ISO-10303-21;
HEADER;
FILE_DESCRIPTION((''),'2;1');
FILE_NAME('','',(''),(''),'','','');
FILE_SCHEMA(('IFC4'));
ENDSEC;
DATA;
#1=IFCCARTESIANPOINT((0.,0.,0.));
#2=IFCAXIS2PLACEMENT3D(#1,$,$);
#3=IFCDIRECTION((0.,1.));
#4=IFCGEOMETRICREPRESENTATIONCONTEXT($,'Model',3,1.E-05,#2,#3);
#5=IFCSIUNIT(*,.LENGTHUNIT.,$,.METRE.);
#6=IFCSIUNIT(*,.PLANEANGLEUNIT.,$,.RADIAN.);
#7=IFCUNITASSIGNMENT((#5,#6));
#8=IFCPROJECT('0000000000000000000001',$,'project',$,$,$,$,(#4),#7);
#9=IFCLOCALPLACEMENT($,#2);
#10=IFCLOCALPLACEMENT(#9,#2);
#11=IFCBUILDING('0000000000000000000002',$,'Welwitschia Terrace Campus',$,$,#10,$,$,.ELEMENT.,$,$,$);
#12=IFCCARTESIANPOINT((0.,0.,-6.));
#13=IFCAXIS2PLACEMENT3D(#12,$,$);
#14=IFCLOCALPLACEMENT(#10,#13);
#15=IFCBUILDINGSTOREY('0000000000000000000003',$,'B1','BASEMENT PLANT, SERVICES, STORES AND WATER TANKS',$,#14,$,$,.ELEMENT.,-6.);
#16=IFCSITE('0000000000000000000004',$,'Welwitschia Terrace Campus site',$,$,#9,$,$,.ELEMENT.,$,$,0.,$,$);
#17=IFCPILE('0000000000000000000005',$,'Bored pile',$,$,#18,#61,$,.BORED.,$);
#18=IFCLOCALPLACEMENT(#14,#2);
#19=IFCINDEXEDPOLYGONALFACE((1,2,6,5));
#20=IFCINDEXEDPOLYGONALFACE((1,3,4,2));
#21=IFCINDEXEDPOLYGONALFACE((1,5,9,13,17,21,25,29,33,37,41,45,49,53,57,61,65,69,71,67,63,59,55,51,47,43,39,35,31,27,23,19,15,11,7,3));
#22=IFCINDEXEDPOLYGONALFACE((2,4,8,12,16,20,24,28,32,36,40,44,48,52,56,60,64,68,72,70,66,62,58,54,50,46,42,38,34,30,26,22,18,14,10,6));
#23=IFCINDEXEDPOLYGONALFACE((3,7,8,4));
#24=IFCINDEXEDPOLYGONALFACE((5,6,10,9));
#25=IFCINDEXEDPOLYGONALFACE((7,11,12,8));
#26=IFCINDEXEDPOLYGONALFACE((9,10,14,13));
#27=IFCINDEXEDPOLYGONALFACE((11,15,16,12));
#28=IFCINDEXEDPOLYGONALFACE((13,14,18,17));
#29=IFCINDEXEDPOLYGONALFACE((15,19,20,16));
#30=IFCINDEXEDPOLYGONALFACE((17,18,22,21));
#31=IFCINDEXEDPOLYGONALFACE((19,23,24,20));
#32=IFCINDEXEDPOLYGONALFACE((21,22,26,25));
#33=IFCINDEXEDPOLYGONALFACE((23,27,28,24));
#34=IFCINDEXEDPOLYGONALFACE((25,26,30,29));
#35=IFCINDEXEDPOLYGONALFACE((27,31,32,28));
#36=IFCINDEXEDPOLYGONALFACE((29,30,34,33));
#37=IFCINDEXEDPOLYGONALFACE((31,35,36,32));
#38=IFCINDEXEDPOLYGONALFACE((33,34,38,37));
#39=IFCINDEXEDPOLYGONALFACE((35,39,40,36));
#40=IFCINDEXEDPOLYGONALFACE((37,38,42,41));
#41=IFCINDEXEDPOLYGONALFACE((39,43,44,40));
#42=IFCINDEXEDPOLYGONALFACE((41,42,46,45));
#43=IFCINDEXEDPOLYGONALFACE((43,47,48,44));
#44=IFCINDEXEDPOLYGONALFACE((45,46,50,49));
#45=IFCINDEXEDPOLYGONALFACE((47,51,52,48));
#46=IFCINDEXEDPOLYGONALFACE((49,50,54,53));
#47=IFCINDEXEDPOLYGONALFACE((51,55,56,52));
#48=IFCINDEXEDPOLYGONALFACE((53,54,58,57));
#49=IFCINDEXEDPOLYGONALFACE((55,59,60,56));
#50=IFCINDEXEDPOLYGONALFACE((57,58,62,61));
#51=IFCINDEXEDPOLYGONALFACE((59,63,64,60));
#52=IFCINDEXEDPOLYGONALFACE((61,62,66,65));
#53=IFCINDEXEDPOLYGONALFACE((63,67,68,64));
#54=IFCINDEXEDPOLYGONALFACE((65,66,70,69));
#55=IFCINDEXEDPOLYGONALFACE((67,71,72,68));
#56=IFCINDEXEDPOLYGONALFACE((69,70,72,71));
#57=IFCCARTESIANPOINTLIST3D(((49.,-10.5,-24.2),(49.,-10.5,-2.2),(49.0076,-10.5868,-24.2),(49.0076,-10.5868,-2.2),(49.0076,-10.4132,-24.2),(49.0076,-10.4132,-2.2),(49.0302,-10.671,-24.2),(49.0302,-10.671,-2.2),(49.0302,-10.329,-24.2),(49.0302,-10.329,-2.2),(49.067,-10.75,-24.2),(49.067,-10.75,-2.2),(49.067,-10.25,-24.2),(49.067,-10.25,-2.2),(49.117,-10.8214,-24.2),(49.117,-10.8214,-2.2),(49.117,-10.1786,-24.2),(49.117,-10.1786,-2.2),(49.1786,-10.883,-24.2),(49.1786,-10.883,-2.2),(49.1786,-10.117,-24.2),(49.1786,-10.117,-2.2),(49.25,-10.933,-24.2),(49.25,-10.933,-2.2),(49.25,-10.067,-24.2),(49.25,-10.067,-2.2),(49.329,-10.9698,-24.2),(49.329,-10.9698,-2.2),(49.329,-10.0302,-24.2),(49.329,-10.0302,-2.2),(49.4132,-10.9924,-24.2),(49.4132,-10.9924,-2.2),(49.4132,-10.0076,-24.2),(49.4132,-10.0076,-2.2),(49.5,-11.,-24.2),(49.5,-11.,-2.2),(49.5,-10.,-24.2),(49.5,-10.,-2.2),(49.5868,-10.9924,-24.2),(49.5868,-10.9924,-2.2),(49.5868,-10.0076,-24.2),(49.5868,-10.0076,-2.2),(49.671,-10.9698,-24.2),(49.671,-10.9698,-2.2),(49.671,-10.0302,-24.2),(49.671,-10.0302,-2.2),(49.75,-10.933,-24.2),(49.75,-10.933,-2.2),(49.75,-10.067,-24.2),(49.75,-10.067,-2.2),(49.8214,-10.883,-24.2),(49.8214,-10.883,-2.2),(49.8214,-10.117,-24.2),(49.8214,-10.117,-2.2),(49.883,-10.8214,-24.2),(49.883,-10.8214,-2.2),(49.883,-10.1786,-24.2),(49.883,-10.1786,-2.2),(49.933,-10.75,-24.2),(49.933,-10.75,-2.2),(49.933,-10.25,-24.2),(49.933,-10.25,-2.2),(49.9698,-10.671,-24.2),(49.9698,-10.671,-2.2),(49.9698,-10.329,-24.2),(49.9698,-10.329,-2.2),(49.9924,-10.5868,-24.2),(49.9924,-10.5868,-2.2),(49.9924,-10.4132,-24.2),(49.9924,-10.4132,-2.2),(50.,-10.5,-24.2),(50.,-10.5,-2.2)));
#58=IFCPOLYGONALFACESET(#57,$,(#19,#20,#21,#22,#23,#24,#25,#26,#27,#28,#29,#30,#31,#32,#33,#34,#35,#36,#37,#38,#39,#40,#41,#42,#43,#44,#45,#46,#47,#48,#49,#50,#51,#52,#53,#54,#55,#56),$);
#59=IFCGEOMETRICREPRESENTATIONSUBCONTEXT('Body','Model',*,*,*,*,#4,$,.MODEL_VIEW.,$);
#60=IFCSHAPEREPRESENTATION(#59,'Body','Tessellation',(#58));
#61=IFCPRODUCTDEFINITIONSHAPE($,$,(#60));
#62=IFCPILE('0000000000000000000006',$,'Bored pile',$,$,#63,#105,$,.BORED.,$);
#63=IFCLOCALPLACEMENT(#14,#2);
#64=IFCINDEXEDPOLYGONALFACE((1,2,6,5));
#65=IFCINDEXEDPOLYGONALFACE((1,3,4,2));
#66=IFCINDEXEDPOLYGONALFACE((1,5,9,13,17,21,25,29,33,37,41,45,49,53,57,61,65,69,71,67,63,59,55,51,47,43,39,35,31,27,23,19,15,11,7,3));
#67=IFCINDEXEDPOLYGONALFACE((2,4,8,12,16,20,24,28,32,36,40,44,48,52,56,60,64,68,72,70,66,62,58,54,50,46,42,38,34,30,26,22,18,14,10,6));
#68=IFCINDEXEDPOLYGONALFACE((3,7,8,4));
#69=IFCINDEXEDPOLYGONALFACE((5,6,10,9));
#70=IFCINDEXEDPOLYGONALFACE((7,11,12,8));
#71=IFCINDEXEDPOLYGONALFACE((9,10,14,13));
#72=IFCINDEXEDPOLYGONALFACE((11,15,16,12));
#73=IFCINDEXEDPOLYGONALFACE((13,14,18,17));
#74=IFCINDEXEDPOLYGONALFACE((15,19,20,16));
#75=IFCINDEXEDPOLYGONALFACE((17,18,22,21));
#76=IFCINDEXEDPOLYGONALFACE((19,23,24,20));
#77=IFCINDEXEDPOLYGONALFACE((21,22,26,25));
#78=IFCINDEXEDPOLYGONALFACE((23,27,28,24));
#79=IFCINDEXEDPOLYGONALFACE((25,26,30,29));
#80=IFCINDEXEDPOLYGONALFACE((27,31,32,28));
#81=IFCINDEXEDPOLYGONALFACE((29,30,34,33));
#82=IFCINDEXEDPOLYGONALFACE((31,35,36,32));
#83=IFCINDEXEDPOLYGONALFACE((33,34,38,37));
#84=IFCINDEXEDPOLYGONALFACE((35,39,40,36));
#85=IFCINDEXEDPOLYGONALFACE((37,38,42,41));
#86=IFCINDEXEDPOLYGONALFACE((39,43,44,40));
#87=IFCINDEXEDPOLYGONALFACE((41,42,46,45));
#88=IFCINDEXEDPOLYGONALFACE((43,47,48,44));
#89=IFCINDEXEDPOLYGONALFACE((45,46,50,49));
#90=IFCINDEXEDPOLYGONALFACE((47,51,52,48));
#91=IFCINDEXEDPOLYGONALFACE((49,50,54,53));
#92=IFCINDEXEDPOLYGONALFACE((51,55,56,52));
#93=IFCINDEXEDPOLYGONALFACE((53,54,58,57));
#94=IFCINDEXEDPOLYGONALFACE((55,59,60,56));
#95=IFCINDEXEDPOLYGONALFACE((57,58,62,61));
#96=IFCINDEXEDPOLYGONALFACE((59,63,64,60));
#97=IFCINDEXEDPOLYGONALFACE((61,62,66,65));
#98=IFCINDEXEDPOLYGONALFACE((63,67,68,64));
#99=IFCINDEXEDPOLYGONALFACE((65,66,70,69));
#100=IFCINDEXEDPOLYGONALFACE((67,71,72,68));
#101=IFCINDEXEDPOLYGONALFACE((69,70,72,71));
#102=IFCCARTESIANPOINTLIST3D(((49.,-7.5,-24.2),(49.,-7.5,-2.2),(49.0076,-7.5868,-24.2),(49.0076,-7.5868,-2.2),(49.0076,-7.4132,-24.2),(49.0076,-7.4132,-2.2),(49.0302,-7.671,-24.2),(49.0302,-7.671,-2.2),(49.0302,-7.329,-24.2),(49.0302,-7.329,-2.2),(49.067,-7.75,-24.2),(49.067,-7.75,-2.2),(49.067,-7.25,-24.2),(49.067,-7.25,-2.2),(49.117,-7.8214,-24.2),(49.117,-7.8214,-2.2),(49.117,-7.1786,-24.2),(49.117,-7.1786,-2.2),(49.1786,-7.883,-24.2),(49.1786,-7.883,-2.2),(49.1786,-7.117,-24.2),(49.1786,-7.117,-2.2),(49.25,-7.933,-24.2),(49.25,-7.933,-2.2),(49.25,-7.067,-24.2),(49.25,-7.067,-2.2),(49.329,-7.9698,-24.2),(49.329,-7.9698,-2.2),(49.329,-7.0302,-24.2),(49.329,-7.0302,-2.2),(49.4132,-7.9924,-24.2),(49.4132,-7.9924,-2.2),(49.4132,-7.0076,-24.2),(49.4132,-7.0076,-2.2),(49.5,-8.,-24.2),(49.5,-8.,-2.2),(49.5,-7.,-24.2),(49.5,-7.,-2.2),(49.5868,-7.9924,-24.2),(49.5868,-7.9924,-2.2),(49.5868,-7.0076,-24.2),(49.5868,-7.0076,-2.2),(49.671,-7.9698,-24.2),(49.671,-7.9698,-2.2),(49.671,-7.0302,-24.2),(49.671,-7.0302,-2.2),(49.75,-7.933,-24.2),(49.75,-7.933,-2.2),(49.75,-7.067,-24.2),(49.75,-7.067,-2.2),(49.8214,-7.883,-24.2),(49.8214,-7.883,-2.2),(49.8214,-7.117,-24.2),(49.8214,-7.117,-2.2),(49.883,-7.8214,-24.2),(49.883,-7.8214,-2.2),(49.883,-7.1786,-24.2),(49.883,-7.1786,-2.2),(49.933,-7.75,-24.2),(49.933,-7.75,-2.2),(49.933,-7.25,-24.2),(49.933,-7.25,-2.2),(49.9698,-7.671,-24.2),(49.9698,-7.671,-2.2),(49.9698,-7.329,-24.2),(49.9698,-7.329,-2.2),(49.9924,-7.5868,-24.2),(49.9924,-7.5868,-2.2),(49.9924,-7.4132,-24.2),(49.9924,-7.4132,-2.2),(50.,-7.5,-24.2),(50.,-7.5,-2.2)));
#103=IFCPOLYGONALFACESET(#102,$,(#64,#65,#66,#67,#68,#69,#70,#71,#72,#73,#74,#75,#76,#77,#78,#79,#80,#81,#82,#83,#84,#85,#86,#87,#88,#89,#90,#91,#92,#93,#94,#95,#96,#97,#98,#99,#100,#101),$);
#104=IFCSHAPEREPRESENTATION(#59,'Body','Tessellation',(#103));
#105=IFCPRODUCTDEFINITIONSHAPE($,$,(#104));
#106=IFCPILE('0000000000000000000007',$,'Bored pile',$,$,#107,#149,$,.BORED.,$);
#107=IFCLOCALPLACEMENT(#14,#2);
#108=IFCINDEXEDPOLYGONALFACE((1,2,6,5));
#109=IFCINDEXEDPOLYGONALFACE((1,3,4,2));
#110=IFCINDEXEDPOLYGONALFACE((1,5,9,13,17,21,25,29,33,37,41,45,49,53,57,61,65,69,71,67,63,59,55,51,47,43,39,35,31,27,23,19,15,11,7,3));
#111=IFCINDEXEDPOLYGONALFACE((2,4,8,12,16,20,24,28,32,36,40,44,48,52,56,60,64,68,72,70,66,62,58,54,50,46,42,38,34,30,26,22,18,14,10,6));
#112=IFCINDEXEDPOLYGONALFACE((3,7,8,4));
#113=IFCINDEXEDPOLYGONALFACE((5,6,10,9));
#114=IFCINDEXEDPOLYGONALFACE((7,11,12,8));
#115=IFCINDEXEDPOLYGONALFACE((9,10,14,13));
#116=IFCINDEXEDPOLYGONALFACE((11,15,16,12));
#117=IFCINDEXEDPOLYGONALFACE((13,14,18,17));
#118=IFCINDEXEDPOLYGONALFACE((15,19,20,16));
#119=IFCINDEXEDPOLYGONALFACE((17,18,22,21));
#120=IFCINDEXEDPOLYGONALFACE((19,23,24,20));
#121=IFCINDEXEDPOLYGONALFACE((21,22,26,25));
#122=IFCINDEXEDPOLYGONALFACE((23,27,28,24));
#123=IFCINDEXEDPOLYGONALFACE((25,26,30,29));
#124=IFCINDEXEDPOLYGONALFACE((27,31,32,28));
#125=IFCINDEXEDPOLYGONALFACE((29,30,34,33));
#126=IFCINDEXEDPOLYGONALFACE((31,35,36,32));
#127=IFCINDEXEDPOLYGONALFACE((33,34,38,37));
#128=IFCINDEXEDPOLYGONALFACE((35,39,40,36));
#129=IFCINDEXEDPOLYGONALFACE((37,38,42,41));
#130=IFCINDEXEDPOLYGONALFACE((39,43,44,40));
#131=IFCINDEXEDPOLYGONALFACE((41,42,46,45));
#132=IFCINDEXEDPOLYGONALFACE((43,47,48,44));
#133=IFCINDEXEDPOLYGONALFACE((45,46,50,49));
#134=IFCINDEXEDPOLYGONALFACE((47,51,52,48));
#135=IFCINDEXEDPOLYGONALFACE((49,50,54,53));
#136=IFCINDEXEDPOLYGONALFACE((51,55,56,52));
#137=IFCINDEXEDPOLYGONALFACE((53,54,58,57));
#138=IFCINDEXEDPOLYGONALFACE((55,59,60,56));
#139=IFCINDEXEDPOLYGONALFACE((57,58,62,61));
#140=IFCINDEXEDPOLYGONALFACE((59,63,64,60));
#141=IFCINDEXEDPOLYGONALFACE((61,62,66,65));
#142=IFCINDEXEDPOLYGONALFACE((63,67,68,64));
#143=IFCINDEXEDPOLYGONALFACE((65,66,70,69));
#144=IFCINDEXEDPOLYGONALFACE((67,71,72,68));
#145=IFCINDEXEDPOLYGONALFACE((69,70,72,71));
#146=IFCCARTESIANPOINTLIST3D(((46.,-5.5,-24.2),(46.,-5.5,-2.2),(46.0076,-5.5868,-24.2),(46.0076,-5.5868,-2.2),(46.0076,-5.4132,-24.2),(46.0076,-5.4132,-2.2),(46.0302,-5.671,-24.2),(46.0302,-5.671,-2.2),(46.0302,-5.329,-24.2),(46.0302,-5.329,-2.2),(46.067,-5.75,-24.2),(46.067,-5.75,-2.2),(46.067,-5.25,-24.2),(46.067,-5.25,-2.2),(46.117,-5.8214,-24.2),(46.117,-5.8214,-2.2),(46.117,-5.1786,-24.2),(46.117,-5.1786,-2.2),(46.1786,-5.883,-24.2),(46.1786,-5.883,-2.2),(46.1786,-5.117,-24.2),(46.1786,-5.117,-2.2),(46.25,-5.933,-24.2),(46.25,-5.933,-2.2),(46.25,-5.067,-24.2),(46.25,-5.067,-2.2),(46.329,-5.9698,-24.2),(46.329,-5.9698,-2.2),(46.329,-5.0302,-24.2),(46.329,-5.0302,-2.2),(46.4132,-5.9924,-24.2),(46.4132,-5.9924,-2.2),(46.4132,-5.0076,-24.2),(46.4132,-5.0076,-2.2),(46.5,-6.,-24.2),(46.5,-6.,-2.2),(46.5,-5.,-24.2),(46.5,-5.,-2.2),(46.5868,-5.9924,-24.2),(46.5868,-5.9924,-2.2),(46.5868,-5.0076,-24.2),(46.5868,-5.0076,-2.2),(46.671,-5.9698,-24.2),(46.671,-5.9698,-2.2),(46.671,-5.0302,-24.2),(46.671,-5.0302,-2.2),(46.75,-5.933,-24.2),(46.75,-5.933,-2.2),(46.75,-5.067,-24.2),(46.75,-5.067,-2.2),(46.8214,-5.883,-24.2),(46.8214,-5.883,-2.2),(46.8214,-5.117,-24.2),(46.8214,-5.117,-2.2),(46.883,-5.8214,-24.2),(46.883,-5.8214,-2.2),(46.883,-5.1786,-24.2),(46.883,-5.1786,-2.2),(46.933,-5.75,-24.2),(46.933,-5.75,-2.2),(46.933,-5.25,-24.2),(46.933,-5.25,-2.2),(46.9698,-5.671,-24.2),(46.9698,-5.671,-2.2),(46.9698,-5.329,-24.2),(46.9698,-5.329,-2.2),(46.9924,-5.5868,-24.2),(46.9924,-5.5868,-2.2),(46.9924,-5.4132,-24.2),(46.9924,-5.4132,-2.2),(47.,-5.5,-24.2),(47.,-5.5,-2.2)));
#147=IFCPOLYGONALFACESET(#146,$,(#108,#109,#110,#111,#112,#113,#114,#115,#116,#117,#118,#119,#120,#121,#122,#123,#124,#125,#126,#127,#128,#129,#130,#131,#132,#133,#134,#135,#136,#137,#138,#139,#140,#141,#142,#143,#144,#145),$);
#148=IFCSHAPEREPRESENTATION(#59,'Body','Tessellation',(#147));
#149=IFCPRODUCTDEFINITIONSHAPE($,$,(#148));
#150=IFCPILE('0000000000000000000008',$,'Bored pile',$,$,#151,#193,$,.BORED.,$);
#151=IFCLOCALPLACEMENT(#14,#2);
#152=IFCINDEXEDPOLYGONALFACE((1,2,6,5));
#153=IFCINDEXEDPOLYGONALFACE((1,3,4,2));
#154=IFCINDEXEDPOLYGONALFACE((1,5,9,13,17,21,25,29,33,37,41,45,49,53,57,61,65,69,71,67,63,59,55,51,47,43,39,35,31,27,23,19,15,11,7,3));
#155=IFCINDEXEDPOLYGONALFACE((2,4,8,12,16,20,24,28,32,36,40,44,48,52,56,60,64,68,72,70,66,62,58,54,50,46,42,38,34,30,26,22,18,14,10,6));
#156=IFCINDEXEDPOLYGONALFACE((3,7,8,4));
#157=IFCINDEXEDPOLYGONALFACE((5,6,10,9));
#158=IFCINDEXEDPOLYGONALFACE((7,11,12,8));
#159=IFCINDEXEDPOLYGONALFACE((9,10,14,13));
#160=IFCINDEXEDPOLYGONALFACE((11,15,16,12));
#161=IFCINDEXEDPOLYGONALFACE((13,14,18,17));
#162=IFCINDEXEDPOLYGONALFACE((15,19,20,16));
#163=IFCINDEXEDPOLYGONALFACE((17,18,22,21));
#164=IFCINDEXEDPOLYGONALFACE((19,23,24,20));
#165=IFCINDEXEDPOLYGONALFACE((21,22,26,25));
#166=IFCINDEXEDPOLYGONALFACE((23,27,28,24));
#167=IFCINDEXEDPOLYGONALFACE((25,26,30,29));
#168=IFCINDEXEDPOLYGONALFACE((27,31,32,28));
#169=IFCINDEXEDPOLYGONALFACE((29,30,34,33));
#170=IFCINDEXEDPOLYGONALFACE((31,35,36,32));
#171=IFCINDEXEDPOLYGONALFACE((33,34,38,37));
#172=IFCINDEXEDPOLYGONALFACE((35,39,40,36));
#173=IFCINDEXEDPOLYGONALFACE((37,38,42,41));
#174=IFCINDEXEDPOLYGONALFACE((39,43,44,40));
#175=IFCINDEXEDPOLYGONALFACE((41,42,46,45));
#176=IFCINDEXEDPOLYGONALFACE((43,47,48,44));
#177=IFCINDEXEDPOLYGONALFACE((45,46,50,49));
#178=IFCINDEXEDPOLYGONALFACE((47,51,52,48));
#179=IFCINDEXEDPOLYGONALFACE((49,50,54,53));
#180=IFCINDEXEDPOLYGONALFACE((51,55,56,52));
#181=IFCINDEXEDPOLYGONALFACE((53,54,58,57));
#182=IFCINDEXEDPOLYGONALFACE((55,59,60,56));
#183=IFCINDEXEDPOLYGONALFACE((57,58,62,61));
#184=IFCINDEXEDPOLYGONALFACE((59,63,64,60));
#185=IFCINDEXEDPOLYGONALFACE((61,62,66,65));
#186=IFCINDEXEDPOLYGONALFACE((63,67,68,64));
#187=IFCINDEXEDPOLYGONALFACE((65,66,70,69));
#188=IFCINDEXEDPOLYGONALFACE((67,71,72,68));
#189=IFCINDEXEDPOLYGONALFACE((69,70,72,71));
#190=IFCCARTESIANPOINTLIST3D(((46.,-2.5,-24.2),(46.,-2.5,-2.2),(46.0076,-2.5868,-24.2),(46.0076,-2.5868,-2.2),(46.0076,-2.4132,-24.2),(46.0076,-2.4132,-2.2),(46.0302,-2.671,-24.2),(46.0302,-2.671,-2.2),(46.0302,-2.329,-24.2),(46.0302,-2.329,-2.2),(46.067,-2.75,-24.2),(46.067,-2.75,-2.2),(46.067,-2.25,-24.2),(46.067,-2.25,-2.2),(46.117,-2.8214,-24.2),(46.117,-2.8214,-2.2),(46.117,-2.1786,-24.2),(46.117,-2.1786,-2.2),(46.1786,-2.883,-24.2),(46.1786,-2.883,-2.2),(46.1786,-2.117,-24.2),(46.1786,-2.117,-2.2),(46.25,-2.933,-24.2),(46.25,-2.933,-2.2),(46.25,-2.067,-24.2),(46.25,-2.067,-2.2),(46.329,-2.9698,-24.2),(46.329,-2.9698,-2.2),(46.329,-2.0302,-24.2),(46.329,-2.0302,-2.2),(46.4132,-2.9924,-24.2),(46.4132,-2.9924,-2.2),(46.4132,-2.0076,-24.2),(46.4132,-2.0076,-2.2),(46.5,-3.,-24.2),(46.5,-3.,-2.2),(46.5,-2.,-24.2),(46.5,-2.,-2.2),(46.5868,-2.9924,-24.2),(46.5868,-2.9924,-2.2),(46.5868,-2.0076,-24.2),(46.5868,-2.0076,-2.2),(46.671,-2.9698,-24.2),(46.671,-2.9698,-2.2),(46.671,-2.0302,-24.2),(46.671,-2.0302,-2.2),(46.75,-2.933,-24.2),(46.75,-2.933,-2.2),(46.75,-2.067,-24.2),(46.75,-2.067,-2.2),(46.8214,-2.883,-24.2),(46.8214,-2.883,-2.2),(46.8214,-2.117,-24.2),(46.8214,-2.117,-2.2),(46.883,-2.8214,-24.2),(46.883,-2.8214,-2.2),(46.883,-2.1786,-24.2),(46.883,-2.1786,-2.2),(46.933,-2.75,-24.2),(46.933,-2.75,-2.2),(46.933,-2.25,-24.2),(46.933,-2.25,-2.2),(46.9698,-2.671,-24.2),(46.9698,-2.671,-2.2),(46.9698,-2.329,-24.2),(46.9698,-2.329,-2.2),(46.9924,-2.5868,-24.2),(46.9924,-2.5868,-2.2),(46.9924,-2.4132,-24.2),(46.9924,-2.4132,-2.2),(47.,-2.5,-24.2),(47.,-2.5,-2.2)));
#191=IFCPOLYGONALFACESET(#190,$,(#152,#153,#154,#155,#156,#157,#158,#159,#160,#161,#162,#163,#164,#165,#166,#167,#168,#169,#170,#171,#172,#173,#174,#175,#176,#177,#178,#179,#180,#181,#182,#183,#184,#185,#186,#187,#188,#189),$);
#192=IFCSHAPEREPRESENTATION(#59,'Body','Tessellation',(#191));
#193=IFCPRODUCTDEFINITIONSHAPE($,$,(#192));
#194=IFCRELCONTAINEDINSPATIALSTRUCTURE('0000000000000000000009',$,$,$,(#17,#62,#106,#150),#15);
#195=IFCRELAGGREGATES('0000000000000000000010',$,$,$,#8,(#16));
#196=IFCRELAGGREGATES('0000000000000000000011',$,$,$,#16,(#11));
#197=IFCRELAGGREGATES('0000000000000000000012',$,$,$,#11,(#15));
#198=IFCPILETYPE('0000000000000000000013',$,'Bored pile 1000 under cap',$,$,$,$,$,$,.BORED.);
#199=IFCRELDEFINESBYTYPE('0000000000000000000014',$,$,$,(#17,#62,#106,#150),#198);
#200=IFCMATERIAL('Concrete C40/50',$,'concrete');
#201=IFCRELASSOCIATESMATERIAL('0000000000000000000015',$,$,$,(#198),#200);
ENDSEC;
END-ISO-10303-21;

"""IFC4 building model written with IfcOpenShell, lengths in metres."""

from ifc_helpers import new_model, si_unit, direction, frame, origin, origin_2d, place, context, subcontext, project, spatial, circle, extrude, material, type_object, element, save


model = new_model("IFC4")

# Units and contexts
model_context = context("Model", 3, precision=1e-05, world=origin(), true_north=direction((0.0, 1.0)))
body_context = subcontext(model_context, "Body", "Model", "MODEL_VIEW")
ifc_project = project(units=[si_unit("LENGTHUNIT", "METRE"), si_unit("PLANEANGLEUNIT", "RADIAN")], contexts=[model_context])

# Site, building, storey
site_placement = place(None, origin())
site = spatial("IfcSite", under=ifc_project, at=site_placement, Name="Welwitschia Terrace Campus site", CompositionType="ELEMENT", RefElevation=0.0)
building_placement = place(site_placement, origin())
building = spatial("IfcBuilding", under=site, at=building_placement, Name="Welwitschia Terrace Campus", CompositionType="ELEMENT")
storey_placement = place(building_placement, frame((0.0, 0.0, -6.0)))
storey = spatial("IfcBuildingStorey", under=building, at=storey_placement, Name="B1", Description="BASEMENT PLANT, SERVICES, STORES AND WATER TANKS", CompositionType="ELEMENT", Elevation=-6.0)

# Piles
ifc_material_1 = material(Name="Concrete C40/50", Category="concrete")
pile_type = type_object("IfcPileType", Name="Bored pile 1000 under cap", PredefinedType="BORED", material=ifc_material_1)
for number, where, z_axis, x_axis, name in (
    (1, (49.5, -10.5, -2.2), (0.0, 0.0, -1.0), (1.0, 0.0, 0.0), "Bored pile"),
    (2, (49.5, -7.5, -2.2), (0.0, 0.0, -1.0), (1.0, 0.0, 0.0), "Bored pile"),
    (3, (46.5, -5.5, -2.2), (0.0, 0.0, -1.0), (1.0, 0.0, 0.0), "Bored pile"),
    (4, (46.5, -2.5, -2.2), (0.0, 0.0, -1.0), (1.0, 0.0, 0.0), "Bored pile"),
):
    element("IfcPile", number, at=place(storey_placement, frame(where, z_axis=z_axis, x_axis=x_axis)), inside=storey, type_object=pile_type, Name=name, PredefinedType="BORED", context=body_context, shape_type="SweptSolid", body=[
        extrude(circle(Radius=0.5, at=origin_2d()), origin(), (0.0, 0.0, 1.0), 22.0),
    ])

save(model, "model.ifc")
